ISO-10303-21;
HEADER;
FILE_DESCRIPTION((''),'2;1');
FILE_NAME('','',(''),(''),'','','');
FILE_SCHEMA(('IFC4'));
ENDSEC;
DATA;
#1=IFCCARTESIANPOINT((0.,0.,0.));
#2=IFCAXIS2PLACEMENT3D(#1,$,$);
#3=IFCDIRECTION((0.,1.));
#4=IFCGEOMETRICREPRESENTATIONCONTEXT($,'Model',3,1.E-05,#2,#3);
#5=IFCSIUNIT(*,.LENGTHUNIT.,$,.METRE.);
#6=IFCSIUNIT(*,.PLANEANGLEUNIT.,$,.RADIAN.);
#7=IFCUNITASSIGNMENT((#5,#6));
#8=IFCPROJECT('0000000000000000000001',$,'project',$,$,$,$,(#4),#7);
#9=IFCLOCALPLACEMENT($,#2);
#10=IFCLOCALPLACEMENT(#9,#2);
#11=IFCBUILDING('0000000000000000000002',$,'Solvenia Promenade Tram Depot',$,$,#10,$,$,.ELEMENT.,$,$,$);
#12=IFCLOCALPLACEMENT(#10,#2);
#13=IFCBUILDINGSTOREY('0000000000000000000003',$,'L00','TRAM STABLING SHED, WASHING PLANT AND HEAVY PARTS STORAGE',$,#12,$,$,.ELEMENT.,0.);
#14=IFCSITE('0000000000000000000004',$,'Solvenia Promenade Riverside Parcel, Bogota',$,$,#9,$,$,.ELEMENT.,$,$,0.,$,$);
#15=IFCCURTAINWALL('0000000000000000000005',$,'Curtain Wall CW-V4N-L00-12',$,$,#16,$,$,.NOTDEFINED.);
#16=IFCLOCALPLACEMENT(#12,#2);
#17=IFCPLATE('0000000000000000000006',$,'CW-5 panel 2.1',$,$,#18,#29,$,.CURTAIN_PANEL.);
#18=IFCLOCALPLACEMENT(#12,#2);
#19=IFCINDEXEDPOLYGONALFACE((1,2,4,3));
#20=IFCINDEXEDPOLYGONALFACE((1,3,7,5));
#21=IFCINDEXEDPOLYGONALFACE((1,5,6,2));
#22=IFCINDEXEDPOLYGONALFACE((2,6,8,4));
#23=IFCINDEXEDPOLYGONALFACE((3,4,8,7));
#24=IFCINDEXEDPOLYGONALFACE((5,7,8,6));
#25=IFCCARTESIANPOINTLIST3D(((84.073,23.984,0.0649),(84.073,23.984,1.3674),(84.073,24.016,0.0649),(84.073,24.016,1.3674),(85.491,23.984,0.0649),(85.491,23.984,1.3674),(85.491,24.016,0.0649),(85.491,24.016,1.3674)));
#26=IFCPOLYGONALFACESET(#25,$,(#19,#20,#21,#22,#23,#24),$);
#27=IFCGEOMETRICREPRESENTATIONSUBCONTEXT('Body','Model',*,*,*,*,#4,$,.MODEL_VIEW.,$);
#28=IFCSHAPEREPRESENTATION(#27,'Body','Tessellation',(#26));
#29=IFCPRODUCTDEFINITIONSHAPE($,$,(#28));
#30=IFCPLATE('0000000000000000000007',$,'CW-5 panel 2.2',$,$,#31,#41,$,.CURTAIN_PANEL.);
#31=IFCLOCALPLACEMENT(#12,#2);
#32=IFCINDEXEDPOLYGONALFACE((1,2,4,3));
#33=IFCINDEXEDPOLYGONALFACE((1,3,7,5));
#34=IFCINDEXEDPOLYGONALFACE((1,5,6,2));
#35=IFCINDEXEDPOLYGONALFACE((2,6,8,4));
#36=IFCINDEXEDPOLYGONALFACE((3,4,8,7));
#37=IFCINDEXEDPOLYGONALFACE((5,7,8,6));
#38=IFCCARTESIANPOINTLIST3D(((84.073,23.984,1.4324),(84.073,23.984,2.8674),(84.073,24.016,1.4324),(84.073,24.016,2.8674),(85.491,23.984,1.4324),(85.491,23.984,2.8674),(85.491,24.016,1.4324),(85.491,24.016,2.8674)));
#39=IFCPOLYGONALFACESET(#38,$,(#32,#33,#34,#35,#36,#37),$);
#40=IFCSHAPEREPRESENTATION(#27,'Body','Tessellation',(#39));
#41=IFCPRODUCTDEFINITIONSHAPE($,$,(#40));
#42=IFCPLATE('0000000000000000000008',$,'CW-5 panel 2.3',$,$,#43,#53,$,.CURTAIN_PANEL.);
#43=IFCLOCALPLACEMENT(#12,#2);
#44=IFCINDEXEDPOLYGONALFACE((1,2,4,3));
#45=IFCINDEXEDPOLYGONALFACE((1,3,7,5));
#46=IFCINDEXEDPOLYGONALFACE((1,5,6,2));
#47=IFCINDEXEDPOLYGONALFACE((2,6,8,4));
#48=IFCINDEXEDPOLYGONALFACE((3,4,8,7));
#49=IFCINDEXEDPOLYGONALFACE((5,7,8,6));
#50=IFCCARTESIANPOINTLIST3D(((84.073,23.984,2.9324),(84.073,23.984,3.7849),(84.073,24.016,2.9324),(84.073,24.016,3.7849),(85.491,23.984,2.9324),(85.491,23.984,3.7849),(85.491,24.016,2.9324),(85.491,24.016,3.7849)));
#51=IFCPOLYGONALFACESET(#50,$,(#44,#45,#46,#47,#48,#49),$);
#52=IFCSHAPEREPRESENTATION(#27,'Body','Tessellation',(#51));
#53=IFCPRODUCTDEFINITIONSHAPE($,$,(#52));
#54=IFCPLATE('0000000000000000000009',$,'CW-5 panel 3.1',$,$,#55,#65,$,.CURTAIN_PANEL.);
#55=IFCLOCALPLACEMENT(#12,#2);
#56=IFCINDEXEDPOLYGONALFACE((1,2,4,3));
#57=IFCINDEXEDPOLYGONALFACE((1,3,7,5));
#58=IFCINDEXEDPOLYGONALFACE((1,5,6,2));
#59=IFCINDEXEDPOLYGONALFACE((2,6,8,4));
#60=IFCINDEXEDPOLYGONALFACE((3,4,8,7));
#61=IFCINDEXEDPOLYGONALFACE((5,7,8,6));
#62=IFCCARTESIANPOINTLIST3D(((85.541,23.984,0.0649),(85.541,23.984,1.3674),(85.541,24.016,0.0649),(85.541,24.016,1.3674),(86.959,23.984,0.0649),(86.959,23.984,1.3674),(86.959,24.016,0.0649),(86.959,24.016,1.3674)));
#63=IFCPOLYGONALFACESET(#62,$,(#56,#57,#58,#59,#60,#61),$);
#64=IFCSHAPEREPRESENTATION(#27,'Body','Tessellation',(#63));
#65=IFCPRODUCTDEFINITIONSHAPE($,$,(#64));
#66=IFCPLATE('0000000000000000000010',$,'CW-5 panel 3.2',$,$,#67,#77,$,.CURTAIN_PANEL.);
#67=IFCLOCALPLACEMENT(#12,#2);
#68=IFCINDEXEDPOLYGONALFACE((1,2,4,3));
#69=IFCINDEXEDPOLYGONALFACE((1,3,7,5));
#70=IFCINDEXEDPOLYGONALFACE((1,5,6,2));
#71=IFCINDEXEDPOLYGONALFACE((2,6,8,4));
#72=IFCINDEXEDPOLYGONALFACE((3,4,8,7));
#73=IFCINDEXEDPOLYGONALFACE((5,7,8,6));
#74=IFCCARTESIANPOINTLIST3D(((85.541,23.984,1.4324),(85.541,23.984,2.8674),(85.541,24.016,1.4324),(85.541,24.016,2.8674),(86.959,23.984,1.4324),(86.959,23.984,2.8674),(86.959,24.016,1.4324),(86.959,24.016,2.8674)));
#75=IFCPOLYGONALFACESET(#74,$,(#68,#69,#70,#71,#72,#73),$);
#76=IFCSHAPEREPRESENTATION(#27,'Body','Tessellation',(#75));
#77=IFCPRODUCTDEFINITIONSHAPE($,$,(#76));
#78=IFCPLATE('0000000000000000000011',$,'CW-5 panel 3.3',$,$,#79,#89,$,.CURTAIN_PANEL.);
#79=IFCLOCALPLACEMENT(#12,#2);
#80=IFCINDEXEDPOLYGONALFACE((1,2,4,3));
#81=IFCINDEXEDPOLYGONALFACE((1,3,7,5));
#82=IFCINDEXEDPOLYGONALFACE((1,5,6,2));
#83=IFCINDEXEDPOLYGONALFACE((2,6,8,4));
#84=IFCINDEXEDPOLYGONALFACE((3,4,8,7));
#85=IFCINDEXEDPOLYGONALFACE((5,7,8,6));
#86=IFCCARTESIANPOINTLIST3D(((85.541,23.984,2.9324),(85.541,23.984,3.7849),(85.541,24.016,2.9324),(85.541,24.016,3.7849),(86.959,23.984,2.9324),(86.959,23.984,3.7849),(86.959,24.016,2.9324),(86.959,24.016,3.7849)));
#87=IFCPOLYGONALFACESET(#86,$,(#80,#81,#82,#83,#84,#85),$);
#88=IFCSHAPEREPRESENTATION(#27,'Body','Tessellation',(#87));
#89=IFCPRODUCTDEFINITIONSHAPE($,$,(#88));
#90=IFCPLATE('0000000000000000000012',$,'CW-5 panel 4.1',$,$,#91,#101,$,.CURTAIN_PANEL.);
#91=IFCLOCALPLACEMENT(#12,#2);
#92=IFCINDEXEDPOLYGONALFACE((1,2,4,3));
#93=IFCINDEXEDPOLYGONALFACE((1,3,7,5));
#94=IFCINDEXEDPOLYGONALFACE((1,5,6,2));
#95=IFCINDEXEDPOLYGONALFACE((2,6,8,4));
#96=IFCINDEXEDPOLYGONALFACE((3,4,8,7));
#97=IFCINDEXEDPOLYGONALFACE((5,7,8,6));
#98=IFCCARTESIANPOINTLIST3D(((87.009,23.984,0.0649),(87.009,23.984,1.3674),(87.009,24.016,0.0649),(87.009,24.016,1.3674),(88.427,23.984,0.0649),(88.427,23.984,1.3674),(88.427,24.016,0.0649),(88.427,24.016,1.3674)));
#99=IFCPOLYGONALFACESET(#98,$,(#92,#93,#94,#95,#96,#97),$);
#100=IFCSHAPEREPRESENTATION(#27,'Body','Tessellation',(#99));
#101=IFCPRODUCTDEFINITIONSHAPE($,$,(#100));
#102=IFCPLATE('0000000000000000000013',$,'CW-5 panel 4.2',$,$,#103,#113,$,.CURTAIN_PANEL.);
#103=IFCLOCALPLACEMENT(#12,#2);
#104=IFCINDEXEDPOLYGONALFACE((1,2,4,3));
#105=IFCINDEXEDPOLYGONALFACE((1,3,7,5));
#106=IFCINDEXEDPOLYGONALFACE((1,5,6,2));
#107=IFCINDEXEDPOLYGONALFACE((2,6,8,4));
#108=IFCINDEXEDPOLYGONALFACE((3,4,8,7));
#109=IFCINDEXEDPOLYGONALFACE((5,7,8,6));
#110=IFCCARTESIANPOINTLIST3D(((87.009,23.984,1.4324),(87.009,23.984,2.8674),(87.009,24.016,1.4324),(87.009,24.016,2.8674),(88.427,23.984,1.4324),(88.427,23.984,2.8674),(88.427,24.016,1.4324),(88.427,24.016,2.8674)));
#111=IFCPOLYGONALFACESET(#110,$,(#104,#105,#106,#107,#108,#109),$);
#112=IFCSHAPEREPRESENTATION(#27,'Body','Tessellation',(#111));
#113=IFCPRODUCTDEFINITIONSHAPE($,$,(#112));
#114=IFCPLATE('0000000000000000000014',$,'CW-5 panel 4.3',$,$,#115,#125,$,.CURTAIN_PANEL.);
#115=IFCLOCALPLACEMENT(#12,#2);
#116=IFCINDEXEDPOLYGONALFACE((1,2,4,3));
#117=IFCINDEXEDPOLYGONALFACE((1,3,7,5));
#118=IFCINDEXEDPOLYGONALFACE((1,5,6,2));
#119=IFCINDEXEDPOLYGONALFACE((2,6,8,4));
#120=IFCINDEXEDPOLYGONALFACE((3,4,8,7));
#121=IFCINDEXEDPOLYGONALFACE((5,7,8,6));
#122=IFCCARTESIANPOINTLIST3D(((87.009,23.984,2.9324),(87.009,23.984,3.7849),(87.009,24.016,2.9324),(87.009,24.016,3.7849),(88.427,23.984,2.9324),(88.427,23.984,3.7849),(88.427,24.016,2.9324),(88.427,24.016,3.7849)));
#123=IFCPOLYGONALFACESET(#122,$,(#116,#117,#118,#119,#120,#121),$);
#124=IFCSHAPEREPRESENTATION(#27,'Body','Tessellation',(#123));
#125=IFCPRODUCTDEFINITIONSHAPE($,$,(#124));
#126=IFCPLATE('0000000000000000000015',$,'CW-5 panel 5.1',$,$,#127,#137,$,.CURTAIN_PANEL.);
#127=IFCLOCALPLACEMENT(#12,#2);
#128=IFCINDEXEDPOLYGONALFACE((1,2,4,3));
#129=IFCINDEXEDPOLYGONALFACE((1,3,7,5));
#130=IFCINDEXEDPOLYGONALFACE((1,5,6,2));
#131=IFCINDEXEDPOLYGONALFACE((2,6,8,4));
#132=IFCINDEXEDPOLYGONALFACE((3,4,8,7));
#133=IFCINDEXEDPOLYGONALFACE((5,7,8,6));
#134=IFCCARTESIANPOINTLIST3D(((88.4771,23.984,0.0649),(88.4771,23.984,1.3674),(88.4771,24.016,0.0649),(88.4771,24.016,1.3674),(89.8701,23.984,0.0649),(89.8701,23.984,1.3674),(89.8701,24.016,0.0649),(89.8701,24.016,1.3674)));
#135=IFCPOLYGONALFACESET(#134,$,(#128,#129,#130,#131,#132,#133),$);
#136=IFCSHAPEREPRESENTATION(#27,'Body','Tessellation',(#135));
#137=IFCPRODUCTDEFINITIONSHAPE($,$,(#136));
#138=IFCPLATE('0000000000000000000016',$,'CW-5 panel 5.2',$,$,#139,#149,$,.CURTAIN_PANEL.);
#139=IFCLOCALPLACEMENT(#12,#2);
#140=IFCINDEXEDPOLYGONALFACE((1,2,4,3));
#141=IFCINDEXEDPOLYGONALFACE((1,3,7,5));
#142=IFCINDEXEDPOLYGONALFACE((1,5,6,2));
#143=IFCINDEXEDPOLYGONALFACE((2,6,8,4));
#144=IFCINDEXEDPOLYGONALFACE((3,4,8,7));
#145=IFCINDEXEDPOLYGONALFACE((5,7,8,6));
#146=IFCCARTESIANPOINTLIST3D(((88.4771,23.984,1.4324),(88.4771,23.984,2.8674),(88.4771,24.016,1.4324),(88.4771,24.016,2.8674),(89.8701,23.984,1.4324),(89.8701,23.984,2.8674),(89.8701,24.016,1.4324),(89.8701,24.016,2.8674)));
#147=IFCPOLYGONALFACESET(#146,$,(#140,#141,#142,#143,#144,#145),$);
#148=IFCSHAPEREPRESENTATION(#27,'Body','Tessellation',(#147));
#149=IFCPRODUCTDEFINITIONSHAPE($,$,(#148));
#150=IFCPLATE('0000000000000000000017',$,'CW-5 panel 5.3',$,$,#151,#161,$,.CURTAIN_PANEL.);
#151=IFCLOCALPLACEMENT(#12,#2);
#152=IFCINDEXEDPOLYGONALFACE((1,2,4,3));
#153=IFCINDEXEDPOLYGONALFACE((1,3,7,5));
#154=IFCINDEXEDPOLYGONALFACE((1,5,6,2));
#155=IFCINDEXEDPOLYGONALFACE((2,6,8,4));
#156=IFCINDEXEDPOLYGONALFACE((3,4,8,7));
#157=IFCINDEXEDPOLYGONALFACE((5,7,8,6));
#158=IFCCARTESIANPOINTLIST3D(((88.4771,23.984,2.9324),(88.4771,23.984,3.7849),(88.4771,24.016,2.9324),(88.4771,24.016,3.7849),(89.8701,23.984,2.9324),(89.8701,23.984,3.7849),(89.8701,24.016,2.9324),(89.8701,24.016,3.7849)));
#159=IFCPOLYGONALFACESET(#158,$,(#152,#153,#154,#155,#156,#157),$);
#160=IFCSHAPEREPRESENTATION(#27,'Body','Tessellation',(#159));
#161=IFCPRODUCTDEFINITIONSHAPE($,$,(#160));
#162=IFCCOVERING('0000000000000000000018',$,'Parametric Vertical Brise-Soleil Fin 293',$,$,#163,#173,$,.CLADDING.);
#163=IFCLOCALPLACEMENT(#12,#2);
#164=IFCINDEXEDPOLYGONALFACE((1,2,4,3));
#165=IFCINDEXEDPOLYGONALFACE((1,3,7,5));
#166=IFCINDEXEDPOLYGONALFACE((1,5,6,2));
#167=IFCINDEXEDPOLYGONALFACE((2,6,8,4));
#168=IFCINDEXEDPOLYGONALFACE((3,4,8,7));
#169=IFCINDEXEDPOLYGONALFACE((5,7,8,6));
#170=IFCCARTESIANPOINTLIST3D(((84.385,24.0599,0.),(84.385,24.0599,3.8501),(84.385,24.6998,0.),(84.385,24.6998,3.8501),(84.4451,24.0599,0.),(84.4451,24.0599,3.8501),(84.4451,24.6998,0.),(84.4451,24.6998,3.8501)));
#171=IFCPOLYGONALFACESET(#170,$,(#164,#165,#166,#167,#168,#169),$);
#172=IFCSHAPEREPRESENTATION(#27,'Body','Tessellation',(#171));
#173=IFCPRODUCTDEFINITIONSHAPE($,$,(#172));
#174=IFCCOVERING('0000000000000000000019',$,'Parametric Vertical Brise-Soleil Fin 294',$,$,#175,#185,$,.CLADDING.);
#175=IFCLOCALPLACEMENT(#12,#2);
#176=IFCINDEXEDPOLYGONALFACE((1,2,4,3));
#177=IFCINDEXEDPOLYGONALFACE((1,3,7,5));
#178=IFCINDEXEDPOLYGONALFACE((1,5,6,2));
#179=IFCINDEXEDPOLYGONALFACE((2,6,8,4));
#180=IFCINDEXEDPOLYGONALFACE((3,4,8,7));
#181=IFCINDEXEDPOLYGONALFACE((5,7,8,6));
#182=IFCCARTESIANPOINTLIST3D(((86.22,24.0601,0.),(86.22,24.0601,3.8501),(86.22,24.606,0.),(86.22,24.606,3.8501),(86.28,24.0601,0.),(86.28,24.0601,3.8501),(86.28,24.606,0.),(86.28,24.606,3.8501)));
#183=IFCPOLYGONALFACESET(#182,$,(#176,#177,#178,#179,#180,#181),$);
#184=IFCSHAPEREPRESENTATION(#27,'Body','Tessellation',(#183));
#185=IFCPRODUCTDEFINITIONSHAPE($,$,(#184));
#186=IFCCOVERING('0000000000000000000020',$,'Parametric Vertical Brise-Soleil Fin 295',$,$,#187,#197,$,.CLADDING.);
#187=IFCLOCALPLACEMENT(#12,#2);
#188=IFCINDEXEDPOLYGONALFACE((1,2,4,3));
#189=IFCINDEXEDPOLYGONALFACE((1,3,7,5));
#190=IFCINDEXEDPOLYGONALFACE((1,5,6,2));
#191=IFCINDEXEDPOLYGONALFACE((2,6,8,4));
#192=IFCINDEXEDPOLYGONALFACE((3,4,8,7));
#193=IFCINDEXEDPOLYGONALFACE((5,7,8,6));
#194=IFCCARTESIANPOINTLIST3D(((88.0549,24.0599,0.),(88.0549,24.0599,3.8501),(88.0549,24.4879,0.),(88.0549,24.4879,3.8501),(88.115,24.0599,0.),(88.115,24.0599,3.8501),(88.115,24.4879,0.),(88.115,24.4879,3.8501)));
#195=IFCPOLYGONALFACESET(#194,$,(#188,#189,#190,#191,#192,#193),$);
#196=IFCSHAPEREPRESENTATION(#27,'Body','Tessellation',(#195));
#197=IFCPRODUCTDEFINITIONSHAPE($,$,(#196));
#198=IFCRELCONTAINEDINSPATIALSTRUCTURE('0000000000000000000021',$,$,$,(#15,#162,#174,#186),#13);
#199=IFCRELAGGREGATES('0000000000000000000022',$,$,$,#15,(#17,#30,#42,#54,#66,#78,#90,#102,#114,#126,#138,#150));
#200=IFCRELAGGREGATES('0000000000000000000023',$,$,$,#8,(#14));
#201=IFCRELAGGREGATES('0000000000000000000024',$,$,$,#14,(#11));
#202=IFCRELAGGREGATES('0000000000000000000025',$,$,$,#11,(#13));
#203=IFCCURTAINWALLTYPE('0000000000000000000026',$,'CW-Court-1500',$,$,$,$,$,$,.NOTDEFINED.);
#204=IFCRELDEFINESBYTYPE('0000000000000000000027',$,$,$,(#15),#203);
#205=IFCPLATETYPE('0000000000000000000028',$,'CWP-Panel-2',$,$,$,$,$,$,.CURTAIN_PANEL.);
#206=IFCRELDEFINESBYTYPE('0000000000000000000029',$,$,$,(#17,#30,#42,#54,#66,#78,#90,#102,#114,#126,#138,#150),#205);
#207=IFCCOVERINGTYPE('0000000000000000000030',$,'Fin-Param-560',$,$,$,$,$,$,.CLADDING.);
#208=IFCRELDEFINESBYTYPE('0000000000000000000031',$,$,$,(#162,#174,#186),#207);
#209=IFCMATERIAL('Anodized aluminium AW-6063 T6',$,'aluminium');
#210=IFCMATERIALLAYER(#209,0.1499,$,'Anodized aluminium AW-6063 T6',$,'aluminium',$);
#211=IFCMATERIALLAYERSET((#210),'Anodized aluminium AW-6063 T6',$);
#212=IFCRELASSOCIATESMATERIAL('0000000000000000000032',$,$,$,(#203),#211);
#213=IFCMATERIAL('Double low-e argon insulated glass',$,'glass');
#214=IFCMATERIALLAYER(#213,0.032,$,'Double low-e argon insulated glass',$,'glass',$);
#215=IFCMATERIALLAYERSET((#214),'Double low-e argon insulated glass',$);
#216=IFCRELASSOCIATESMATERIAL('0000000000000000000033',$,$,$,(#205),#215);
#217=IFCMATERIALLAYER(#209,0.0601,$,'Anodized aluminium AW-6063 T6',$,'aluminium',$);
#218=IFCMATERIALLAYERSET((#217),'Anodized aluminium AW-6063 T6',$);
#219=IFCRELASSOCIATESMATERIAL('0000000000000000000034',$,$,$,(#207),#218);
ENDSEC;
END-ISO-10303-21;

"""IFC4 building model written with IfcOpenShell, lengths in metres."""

from ifc_helpers import new_model, si_unit, direction, frame, origin, origin_2d, place, context, subcontext, project, spatial, rectangle, extrude, material, layer, layer_set, type_object, element, aggregate, save


model = new_model("IFC4")

# Units and contexts
model_context = context("Model", 3, precision=1e-05, world=origin(), true_north=direction((0.0, 1.0)))
body_context = subcontext(model_context, "Body", "Model", "MODEL_VIEW")
ifc_project = project(units=[si_unit("LENGTHUNIT", "METRE"), si_unit("PLANEANGLEUNIT", "RADIAN")], contexts=[model_context])

# Site, building, storey
site_placement = place(None, origin())
site = spatial("IfcSite", under=ifc_project, at=site_placement, Name="Solvenia Promenade Riverside Parcel, Bogota", CompositionType="ELEMENT", RefElevation=0.0)
building_placement = place(site_placement, origin())
building = spatial("IfcBuilding", under=site, at=building_placement, Name="Solvenia Promenade Tram Depot", CompositionType="ELEMENT")
storey_placement = place(building_placement, origin())
storey = spatial("IfcBuildingStorey", under=building, at=storey_placement, Name="L00", Description="TRAM STABLING SHED, WASHING PLANT AND HEAVY PARTS STORAGE", CompositionType="ELEMENT", Elevation=0.0)

# Curtain wall
ifc_material_1 = material(Name="Anodized aluminium AW-6063 T6", Category="aluminium")
ifc_layer_1 = layer(ifc_material_1, 0.1499, Name="Anodized aluminium AW-6063 T6", Category="aluminium")
ifc_layer_set_1 = layer_set([ifc_layer_1], Name="Anodized aluminium AW-6063 T6")
curtain_wall_type = type_object("IfcCurtainWallType", Name="CW-Court-1500", PredefinedType="NOTDEFINED", material=ifc_layer_set_1)
curtain_wall_1_placement = place(storey_placement, origin())
curtain_wall_1 = element("IfcCurtainWall", 1, at=curtain_wall_1_placement, inside=storey, type_object=curtain_wall_type, Name="Curtain Wall CW-V4N-L00-12", PredefinedType="NOTDEFINED")

# Plates
ifc_material_2 = material(Name="Double low-e argon insulated glass", Category="glass")
ifc_layer_2 = layer(ifc_material_2, 0.032, Name="Double low-e argon insulated glass", Category="glass")
ifc_layer_set_2 = layer_set([ifc_layer_2], Name="Double low-e argon insulated glass")
plate_type = type_object("IfcPlateType", Name="CWP-Panel-2", PredefinedType="CURTAIN_PANEL", material=ifc_layer_set_2)
plate_1_placement = place(storey_placement, frame((84.782, 24.0, 0.0649), z_axis=(0.0, 0.0, 1.0), x_axis=(1.0, 0.0, 0.0)))
plate_1 = element("IfcPlate", 2, at=plate_1_placement, type_object=plate_type, Name="CW-5 panel 2.1", PredefinedType="CURTAIN_PANEL", context=body_context, shape_type="SweptSolid", body=[
    extrude(rectangle(XDim=1.418, YDim=0.032, at=origin_2d()), origin(), (0.0, 0.0, 1.0), 1.3025),
])
plate_2_placement = place(storey_placement, frame((84.782, 24.0, 1.4324), z_axis=(0.0, 0.0, 1.0), x_axis=(1.0, 0.0, 0.0)))
plate_2 = element("IfcPlate", 3, at=plate_2_placement, type_object=plate_type, Name="CW-5 panel 2.2", PredefinedType="CURTAIN_PANEL", context=body_context, shape_type="SweptSolid", body=[
    extrude(rectangle(XDim=1.418, YDim=0.032, at=origin_2d()), origin(), (0.0, 0.0, 1.0), 1.4351),
])
plate_3_placement = place(storey_placement, frame((84.782, 24.0, 2.9324), z_axis=(0.0, 0.0, 1.0), x_axis=(1.0, 0.0, 0.0)))
plate_3 = element("IfcPlate", 4, at=plate_3_placement, type_object=plate_type, Name="CW-5 panel 2.3", PredefinedType="CURTAIN_PANEL", context=body_context, shape_type="SweptSolid", body=[
    extrude(rectangle(XDim=1.418, YDim=0.032, at=origin_2d()), origin(), (0.0, 0.0, 1.0), 0.8525),
])
plate_4_placement = place(storey_placement, frame((86.25, 24.0, 0.0649), z_axis=(0.0, 0.0, 1.0), x_axis=(1.0, 0.0, 0.0)))
plate_4 = element("IfcPlate", 5, at=plate_4_placement, type_object=plate_type, Name="CW-5 panel 3.1", PredefinedType="CURTAIN_PANEL", context=body_context, shape_type="SweptSolid", body=[
    extrude(rectangle(XDim=1.418, YDim=0.032, at=origin_2d()), origin(), (0.0, 0.0, 1.0), 1.3025),
])
plate_5_placement = place(storey_placement, frame((86.25, 24.0, 1.4324), z_axis=(0.0, 0.0, 1.0), x_axis=(1.0, 0.0, 0.0)))
plate_5 = element("IfcPlate", 6, at=plate_5_placement, type_object=plate_type, Name="CW-5 panel 3.2", PredefinedType="CURTAIN_PANEL", context=body_context, shape_type="SweptSolid", body=[
    extrude(rectangle(XDim=1.418, YDim=0.032, at=origin_2d()), origin(), (0.0, 0.0, 1.0), 1.4351),
])
plate_6_placement = place(storey_placement, frame((86.25, 24.0, 2.9324), z_axis=(0.0, 0.0, 1.0), x_axis=(1.0, 0.0, 0.0)))
plate_6 = element("IfcPlate", 7, at=plate_6_placement, type_object=plate_type, Name="CW-5 panel 3.3", PredefinedType="CURTAIN_PANEL", context=body_context, shape_type="SweptSolid", body=[
    extrude(rectangle(XDim=1.418, YDim=0.032, at=origin_2d()), origin(), (0.0, 0.0, 1.0), 0.8525),
])
plate_7_placement = place(storey_placement, frame((87.718, 24.0, 0.0649), z_axis=(0.0, 0.0, 1.0), x_axis=(1.0, 0.0, 0.0)))
plate_7 = element("IfcPlate", 8, at=plate_7_placement, type_object=plate_type, Name="CW-5 panel 4.1", PredefinedType="CURTAIN_PANEL", context=body_context, shape_type="SweptSolid", body=[
    extrude(rectangle(XDim=1.418, YDim=0.032, at=origin_2d()), origin(), (0.0, 0.0, 1.0), 1.3025),
])
plate_8_placement = place(storey_placement, frame((87.718, 24.0, 1.4324), z_axis=(0.0, 0.0, 1.0), x_axis=(1.0, 0.0, 0.0)))
plate_8 = element("IfcPlate", 9, at=plate_8_placement, type_object=plate_type, Name="CW-5 panel 4.2", PredefinedType="CURTAIN_PANEL", context=body_context, shape_type="SweptSolid", body=[
    extrude(rectangle(XDim=1.418, YDim=0.032, at=origin_2d()), origin(), (0.0, 0.0, 1.0), 1.4351),
])
plate_9_placement = place(storey_placement, frame((87.718, 24.0, 2.9324), z_axis=(0.0, 0.0, 1.0), x_axis=(1.0, 0.0, 0.0)))
plate_9 = element("IfcPlate", 10, at=plate_9_placement, type_object=plate_type, Name="CW-5 panel 4.3", PredefinedType="CURTAIN_PANEL", context=body_context, shape_type="SweptSolid", body=[
    extrude(rectangle(XDim=1.418, YDim=0.032, at=origin_2d()), origin(), (0.0, 0.0, 1.0), 0.8525),
])
plate_10_placement = place(storey_placement, frame((89.1736, 24.0, 0.0649), z_axis=(0.0, 0.0, 1.0), x_axis=(1.0, 0.0, 0.0)))
plate_10 = element("IfcPlate", 11, at=plate_10_placement, type_object=plate_type, Name="CW-5 panel 5.1", PredefinedType="CURTAIN_PANEL", context=body_context, shape_type="SweptSolid", body=[
    extrude(rectangle(XDim=1.3931, YDim=0.032, at=origin_2d()), origin(), (0.0, 0.0, 1.0), 1.3025),
])
plate_11_placement = place(storey_placement, frame((89.1736, 24.0, 1.4324), z_axis=(0.0, 0.0, 1.0), x_axis=(1.0, 0.0, 0.0)))
plate_11 = element("IfcPlate", 12, at=plate_11_placement, type_object=plate_type, Name="CW-5 panel 5.2", PredefinedType="CURTAIN_PANEL", context=body_context, shape_type="SweptSolid", body=[
    extrude(rectangle(XDim=1.3931, YDim=0.032, at=origin_2d()), origin(), (0.0, 0.0, 1.0), 1.4351),
])
plate_12_placement = place(storey_placement, frame((89.1736, 24.0, 2.9324), z_axis=(0.0, 0.0, 1.0), x_axis=(1.0, 0.0, 0.0)))
plate_12 = element("IfcPlate", 13, at=plate_12_placement, type_object=plate_type, Name="CW-5 panel 5.3", PredefinedType="CURTAIN_PANEL", context=body_context, shape_type="SweptSolid", body=[
    extrude(rectangle(XDim=1.3931, YDim=0.032, at=origin_2d()), origin(), (0.0, 0.0, 1.0), 0.8525),
])
aggregate(curtain_wall_1, [plate_1, plate_2, plate_3, plate_4, plate_5, plate_6, plate_7, plate_8, plate_9, plate_10, plate_11, plate_12])

# Coverings
ifc_layer_3 = layer(ifc_material_1, 0.0601, Name="Anodized aluminium AW-6063 T6", Category="aluminium")
ifc_layer_set_3 = layer_set([ifc_layer_3], Name="Anodized aluminium AW-6063 T6")
covering_type = type_object("IfcCoveringType", Name="Fin-Param-560", PredefinedType="CLADDING", material=ifc_layer_set_3)
covering_1_placement = place(storey_placement, frame((84.415, 24.3799, 0.0), z_axis=(0.0, 0.0, 1.0), x_axis=(1.0, 0.0, 0.0)))
element("IfcCovering", 14, at=covering_1_placement, inside=storey, type_object=covering_type, Name="Parametric Vertical Brise-Soleil Fin 293", PredefinedType="CLADDING", context=body_context, shape_type="SweptSolid", body=[
    extrude(rectangle(XDim=0.0601, YDim=0.6399, at=origin_2d()), origin(), (0.0, 0.0, 1.0), 3.8501),
])
covering_2_placement = place(storey_placement, frame((86.25, 24.333, 0.0), z_axis=(0.0, 0.0, 1.0), x_axis=(1.0, 0.0, 0.0)))
element("IfcCovering", 15, at=covering_2_placement, inside=storey, type_object=covering_type, Name="Parametric Vertical Brise-Soleil Fin 294", PredefinedType="CLADDING", context=body_context, shape_type="SweptSolid", body=[
    extrude(rectangle(XDim=0.0601, YDim=0.5459, at=origin_2d()), origin(), (0.0, 0.0, 1.0), 3.8501),
])
covering_3_placement = place(storey_placement, frame((88.085, 24.2739, 0.0), z_axis=(0.0, 0.0, 1.0), x_axis=(1.0, 0.0, 0.0)))
element("IfcCovering", 16, at=covering_3_placement, inside=storey, type_object=covering_type, Name="Parametric Vertical Brise-Soleil Fin 295", PredefinedType="CLADDING", context=body_context, shape_type="SweptSolid", body=[
    extrude(rectangle(XDim=0.0601, YDim=0.428, at=origin_2d()), origin(), (0.0, 0.0, 1.0), 3.8501),
])

save(model, "model.ifc")
